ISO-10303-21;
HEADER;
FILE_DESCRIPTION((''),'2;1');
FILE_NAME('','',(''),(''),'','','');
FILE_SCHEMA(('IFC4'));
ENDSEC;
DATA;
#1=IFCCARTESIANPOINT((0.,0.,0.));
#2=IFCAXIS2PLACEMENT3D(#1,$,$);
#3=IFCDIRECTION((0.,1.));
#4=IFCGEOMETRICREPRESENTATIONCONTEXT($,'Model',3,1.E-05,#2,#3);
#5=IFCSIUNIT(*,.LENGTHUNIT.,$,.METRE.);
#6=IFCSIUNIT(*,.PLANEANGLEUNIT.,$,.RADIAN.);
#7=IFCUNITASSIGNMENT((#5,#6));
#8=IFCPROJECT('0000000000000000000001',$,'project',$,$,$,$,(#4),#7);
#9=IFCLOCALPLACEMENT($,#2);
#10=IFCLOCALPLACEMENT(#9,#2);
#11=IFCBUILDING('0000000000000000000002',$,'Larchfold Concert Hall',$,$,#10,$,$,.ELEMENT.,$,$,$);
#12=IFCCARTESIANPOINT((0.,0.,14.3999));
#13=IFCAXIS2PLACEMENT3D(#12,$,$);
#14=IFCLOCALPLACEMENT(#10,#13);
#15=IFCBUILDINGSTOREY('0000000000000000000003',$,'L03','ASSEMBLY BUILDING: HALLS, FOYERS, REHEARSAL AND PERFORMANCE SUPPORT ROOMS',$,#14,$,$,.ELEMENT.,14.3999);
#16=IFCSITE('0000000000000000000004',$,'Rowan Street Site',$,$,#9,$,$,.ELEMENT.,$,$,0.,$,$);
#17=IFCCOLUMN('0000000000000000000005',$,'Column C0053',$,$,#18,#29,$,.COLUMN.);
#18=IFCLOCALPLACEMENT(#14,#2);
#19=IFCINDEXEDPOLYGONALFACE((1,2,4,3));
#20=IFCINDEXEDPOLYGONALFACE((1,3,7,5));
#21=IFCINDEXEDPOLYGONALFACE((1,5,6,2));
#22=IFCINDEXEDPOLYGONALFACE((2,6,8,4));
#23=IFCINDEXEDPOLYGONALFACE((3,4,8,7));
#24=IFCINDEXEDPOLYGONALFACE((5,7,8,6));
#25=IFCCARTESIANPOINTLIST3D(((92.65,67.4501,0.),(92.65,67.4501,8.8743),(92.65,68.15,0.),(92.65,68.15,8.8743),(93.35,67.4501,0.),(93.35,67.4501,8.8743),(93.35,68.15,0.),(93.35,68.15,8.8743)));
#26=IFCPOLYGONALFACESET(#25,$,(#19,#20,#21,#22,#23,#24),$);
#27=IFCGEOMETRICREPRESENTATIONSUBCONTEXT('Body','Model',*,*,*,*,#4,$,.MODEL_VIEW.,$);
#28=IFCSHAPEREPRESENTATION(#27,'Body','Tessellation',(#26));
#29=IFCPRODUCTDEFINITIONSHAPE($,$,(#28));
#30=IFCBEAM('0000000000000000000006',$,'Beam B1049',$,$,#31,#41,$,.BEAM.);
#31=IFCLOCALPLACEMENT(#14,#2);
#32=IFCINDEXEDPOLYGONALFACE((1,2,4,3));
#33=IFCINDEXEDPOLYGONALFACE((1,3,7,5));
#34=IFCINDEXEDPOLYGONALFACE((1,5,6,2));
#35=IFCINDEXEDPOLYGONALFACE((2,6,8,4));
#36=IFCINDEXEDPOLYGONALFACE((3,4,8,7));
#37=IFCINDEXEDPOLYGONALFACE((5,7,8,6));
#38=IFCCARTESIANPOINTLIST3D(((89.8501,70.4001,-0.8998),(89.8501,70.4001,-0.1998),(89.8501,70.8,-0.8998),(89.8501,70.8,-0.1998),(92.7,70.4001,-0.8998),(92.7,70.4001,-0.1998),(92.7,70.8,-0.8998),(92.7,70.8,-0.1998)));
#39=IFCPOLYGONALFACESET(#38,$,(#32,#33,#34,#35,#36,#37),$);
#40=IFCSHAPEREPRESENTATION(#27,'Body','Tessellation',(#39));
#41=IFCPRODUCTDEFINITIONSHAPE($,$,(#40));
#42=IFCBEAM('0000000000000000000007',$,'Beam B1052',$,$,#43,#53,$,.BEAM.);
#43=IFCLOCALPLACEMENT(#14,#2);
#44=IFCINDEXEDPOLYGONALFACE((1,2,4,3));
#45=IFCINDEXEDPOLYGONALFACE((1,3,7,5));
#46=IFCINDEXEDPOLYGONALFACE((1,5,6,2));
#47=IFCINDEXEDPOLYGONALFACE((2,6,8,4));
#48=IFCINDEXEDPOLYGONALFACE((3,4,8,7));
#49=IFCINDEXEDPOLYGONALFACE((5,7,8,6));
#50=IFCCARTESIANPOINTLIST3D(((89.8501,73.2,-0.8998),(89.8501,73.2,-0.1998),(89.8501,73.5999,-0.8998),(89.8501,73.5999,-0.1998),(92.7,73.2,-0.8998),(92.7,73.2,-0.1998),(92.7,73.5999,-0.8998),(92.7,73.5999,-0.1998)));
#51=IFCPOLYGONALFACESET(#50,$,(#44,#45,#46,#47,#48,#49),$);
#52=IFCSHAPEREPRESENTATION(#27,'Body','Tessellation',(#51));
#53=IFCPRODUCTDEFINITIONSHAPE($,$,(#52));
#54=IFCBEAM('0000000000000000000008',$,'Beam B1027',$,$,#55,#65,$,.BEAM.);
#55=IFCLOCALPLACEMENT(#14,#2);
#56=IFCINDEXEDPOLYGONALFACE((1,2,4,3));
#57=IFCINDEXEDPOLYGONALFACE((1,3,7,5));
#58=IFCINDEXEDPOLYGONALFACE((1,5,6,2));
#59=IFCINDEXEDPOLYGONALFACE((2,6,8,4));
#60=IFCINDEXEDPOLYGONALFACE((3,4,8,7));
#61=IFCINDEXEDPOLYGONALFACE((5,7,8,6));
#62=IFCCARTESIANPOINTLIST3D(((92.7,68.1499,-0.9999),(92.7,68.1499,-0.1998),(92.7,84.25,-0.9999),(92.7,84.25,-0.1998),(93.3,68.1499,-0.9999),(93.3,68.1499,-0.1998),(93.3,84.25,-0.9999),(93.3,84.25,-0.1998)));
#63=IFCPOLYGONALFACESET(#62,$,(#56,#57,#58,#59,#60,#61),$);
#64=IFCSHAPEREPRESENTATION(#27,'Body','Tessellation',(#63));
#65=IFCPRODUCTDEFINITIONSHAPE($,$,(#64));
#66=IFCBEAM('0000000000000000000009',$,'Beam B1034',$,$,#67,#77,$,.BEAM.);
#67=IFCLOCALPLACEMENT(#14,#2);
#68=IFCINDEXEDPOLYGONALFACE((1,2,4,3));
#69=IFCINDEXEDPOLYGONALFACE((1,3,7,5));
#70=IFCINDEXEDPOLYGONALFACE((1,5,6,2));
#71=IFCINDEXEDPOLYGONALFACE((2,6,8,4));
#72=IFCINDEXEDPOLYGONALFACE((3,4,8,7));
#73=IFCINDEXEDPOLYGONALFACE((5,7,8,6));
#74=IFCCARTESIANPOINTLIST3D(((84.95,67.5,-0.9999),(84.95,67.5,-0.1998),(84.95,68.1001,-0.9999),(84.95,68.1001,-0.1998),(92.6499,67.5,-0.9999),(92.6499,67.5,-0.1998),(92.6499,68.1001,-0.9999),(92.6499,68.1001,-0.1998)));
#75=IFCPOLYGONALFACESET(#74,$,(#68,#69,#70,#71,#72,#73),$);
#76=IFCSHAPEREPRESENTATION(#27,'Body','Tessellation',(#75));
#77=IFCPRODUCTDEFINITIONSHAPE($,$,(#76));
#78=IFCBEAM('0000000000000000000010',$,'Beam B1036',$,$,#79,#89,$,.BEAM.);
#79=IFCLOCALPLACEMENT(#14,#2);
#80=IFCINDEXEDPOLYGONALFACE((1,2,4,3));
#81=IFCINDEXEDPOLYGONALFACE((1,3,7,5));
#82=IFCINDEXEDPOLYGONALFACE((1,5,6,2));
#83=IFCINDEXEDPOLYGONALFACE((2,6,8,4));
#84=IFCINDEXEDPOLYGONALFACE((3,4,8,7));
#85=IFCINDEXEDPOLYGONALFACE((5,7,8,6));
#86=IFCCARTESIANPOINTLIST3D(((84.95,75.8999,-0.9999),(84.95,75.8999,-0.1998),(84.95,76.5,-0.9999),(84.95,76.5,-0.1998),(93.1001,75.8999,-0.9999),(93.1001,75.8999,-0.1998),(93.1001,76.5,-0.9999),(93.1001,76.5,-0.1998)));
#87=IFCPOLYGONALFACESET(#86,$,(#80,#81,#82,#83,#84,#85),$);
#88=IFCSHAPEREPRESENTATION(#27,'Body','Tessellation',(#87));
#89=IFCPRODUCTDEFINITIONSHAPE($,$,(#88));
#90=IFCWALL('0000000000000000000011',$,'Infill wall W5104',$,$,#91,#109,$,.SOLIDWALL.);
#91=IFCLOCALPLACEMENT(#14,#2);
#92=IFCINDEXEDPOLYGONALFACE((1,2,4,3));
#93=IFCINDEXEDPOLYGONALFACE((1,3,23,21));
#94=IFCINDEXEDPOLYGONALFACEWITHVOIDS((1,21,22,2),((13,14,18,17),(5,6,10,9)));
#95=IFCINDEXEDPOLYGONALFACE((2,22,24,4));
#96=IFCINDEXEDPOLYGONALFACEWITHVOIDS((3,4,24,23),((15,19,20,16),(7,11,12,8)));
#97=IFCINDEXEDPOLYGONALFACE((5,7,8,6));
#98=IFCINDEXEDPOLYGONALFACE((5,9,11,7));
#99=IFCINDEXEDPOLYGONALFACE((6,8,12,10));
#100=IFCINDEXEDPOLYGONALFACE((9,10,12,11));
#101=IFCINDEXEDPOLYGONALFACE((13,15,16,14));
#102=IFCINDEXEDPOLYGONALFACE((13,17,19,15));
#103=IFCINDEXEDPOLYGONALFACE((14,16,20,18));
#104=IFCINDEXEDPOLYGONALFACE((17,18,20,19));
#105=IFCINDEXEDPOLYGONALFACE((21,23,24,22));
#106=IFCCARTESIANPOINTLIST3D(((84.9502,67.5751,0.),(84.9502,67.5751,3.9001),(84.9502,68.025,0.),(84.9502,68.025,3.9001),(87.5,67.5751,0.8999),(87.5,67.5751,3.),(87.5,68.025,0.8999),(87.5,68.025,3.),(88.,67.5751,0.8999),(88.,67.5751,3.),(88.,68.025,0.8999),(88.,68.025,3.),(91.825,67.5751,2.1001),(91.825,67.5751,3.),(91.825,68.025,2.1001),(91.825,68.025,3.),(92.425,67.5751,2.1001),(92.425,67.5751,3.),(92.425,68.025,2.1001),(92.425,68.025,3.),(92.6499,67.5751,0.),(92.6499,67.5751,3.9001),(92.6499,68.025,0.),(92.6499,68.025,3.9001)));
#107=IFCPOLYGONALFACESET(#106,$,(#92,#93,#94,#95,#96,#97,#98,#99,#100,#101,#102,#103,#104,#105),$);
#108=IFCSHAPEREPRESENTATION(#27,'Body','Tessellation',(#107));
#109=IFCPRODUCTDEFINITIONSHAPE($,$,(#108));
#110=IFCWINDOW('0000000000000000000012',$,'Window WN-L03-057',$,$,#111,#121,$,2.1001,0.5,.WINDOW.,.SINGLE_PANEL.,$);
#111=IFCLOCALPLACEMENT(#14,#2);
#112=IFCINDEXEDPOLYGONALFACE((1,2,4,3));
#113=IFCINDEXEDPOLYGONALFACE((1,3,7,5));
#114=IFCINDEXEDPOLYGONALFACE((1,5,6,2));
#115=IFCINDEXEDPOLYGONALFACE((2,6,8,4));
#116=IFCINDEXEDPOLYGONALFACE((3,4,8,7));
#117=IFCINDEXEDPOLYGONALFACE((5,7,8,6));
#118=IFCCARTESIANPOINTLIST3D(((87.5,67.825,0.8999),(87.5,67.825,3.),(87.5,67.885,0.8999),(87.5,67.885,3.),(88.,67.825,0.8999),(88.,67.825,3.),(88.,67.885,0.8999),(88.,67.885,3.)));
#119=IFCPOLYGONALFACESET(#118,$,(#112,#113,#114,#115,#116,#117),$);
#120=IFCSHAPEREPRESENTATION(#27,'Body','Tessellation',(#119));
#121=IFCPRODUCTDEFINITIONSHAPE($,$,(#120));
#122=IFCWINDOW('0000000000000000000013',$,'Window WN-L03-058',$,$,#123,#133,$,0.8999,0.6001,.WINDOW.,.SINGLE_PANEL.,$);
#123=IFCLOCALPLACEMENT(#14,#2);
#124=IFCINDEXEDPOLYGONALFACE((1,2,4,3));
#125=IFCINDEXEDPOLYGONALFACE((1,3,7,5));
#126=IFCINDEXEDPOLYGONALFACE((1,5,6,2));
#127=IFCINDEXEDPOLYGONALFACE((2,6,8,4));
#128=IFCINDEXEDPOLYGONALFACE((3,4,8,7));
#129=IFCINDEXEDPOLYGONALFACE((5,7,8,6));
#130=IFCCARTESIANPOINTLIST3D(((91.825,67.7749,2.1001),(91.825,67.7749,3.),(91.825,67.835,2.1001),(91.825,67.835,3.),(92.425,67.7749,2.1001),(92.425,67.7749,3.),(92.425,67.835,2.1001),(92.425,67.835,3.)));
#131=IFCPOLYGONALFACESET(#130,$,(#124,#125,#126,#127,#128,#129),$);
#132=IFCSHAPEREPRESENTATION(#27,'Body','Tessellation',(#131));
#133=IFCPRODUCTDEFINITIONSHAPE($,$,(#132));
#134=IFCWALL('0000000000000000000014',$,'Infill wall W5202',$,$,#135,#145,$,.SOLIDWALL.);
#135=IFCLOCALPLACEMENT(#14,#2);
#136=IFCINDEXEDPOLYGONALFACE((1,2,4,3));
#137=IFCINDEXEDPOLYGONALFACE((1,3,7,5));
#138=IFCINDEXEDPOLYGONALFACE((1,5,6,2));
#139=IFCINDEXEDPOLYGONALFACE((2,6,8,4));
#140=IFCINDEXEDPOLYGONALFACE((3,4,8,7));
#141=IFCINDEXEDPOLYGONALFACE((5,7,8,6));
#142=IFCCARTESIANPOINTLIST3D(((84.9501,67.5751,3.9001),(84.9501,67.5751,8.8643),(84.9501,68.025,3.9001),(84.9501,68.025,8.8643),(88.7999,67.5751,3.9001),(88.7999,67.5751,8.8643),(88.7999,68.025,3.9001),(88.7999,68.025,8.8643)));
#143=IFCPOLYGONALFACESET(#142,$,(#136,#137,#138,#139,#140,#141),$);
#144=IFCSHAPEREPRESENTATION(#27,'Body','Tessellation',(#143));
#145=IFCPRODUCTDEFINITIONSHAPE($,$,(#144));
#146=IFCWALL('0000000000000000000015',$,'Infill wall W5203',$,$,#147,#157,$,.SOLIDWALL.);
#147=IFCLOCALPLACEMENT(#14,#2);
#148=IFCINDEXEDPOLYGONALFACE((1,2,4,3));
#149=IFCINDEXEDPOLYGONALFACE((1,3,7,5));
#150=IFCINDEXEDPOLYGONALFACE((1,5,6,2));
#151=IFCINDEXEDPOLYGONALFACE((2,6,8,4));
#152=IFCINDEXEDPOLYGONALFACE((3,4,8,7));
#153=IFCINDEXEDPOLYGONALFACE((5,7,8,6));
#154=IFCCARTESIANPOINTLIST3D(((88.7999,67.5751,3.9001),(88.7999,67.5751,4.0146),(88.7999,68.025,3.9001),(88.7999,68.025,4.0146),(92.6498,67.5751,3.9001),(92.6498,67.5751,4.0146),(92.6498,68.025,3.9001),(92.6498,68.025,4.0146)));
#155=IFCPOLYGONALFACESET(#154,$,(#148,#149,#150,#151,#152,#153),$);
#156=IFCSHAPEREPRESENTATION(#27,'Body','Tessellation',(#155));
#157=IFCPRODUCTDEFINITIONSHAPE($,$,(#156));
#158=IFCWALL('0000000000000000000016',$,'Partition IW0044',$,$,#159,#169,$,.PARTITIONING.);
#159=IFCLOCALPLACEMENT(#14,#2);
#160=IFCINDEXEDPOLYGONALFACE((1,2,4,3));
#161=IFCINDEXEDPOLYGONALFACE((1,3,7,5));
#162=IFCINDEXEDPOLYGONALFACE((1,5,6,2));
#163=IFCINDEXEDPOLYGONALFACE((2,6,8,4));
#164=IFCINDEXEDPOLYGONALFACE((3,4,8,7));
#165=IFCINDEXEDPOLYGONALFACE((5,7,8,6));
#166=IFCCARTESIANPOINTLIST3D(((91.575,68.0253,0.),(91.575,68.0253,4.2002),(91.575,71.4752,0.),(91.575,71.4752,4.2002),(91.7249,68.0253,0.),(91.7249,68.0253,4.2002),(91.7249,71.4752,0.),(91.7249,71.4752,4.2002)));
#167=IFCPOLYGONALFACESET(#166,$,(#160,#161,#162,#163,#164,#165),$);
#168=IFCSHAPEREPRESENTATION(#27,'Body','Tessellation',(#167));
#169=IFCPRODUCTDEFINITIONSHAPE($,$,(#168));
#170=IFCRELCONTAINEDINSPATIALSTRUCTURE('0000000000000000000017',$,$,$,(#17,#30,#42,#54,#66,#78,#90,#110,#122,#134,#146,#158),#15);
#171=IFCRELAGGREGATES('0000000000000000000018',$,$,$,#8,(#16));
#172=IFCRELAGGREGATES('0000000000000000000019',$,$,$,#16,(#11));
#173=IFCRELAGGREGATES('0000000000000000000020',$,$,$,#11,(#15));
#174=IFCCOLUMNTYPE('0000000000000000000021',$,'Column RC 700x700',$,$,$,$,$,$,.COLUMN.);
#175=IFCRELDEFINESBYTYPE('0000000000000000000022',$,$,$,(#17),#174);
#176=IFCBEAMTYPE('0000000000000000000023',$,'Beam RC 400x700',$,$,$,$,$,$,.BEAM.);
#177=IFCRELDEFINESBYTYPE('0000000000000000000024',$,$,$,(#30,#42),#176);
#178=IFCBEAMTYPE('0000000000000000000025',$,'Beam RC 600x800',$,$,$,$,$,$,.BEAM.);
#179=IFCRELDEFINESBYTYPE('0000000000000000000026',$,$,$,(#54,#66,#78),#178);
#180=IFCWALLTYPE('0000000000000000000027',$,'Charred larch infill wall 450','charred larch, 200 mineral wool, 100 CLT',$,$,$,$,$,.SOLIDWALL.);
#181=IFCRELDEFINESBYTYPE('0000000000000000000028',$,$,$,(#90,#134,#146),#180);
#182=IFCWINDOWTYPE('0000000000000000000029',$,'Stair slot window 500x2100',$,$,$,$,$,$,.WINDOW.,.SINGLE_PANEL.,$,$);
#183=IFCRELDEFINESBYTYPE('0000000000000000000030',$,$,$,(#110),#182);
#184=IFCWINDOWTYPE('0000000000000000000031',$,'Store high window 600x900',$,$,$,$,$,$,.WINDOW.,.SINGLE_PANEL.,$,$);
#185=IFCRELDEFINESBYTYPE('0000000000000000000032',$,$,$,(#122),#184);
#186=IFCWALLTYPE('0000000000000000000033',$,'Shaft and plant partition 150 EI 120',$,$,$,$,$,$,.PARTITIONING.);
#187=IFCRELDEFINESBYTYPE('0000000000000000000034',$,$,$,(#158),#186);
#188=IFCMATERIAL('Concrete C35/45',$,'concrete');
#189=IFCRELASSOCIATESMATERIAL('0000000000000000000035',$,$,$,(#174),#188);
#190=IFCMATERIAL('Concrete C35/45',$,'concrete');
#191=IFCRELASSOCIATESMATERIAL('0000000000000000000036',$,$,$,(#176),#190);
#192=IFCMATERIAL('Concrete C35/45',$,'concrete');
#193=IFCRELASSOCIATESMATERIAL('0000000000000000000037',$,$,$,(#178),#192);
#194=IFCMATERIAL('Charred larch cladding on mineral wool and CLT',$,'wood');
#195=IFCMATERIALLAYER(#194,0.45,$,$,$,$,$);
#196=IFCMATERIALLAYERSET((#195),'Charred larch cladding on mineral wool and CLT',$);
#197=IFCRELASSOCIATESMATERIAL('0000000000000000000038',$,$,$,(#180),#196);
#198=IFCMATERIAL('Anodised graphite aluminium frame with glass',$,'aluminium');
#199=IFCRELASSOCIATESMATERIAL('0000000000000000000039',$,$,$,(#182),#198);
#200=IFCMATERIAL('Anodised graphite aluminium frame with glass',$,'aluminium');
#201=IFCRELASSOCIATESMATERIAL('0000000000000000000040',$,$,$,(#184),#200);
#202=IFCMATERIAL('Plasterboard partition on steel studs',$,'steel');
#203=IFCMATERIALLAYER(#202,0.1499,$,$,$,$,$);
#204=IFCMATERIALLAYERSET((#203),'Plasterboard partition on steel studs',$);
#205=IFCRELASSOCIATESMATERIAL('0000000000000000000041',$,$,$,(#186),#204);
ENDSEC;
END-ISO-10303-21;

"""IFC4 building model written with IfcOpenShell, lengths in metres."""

from ifc_helpers import new_model, si_unit, direction, frame, frame_2d, origin, origin_2d, place, context, subcontext, project, spatial, rectangle, extrude, material, layer, layer_set, material_profile, profile_set, type_object, element, fill, save


model = new_model("IFC4")

# Units and contexts
model_context = context("Model", 3, precision=1e-05, world=origin(), true_north=direction((0.0, 1.0)))
body_context = subcontext(model_context, "Body", "Model", "MODEL_VIEW")
ifc_project = project(units=[si_unit("LENGTHUNIT", "METRE"), si_unit("PLANEANGLEUNIT", "RADIAN")], contexts=[model_context])

# Site, building, storey
site_placement = place(None, origin())
site = spatial("IfcSite", under=ifc_project, at=site_placement, Name="Rowan Street Site", CompositionType="ELEMENT", RefElevation=0.0)
building_placement = place(site_placement, origin())
building = spatial("IfcBuilding", under=site, at=building_placement, Name="Larchfold Concert Hall", CompositionType="ELEMENT")
storey_placement = place(building_placement, frame((0.0, 0.0, 14.3999)))
storey = spatial("IfcBuildingStorey", under=building, at=storey_placement, Name="L03", Description="ASSEMBLY BUILDING: HALLS, FOYERS, REHEARSAL AND PERFORMANCE SUPPORT ROOMS", CompositionType="ELEMENT", Elevation=14.3999)

# Column
ifc_material_1 = material(Name="Concrete C35/45", Category="concrete")
ifc_material_profile_1 = material_profile(ifc_material_1, rectangle(XDim=0.7, YDim=0.7, at=origin_2d()))
ifc_profile_set_1 = profile_set([ifc_material_profile_1], Name="Concrete C35/45")
column_type = type_object("IfcColumnType", Name="Column RC 700x700", PredefinedType="COLUMN", material=ifc_profile_set_1)
column_placement = place(storey_placement, frame((93.0, 67.8, 0.0), z_axis=(0.0, 0.0, 1.0), x_axis=(1.0, 0.0, 0.0)))
element("IfcColumn", 1, at=column_placement, inside=storey, type_object=column_type, Name="Column C0053", PredefinedType="COLUMN", context=body_context, shape_type="SweptSolid", body=[
    extrude(rectangle(XDim=0.7, YDim=0.7, at=origin_2d()), origin(), (0.0, 0.0, 1.0), 8.8743),
])

# Beams
ifc_material_2 = material(Name="Concrete C35/45", Category="concrete")
ifc_material_profile_2 = material_profile(ifc_material_2, rectangle(XDim=0.3999, YDim=0.7, at=origin_2d()))
ifc_profile_set_2 = profile_set([ifc_material_profile_2], Name="Concrete C35/45")
beam_type_1 = type_object("IfcBeamType", Name="Beam RC 400x700", PredefinedType="BEAM", material=ifc_profile_set_2)
for number, where, z_axis, x_axis, name in (
    (2, (89.8501, 70.6001, -0.5498), (1.0, 0.0, 0.0), (0.0, 1.0, 0.0), "Beam B1049"),
    (3, (89.8501, 73.3999, -0.5498), (1.0, 0.0, 0.0), (0.0, 1.0, 0.0), "Beam B1052"),
):
    element("IfcBeam", number, at=place(storey_placement, frame(where, z_axis=z_axis, x_axis=x_axis)), inside=storey, type_object=beam_type_1, Name=name, PredefinedType="BEAM", context=body_context, shape_type="SweptSolid", body=[
        extrude(rectangle(XDim=0.3999, YDim=0.7, at=origin_2d()), origin(), (0.0, 0.0, 1.0), 2.8499),
    ])
ifc_material_3 = material(Name="Concrete C35/45", Category="concrete")
ifc_material_profile_3 = material_profile(ifc_material_3, rectangle(XDim=0.6001, YDim=0.8, at=origin_2d()))
ifc_profile_set_3 = profile_set([ifc_material_profile_3], Name="Concrete C35/45")
beam_type_2 = type_object("IfcBeamType", Name="Beam RC 600x800", PredefinedType="BEAM", material=ifc_profile_set_3)
beam_1_placement = place(storey_placement, frame((93.0, 68.1499, -0.5999), z_axis=(0.0, 1.0, 0.0), x_axis=(-1.0, 0.0, 0.0)))
element("IfcBeam", 4, at=beam_1_placement, inside=storey, type_object=beam_type_2, Name="Beam B1027", PredefinedType="BEAM", context=body_context, shape_type="SweptSolid", body=[
    extrude(rectangle(XDim=0.6001, YDim=0.8, at=origin_2d()), origin(), (0.0, 0.0, 1.0), 16.1001),
])
beam_2_placement = place(storey_placement, frame((84.95, 67.8, -0.5999), z_axis=(1.0, 0.0, 0.0), x_axis=(0.0, 1.0, 0.0)))
element("IfcBeam", 5, at=beam_2_placement, inside=storey, type_object=beam_type_2, Name="Beam B1034", PredefinedType="BEAM", context=body_context, shape_type="SweptSolid", body=[
    extrude(rectangle(XDim=0.6001, YDim=0.8, at=origin_2d()), origin(), (0.0, 0.0, 1.0), 7.7),
])
beam_3_placement = place(storey_placement, frame((84.95, 76.2, -0.5999), z_axis=(1.0, 0.0, 0.0), x_axis=(0.0, 1.0, 0.0)))
element("IfcBeam", 6, at=beam_3_placement, inside=storey, type_object=beam_type_2, Name="Beam B1036", PredefinedType="BEAM", context=body_context, shape_type="SweptSolid", body=[
    extrude(rectangle(XDim=0.6001, YDim=0.8, at=origin_2d()), origin(), (0.0, 0.0, 1.0), 8.1501),
])

# Wall, openings, windows
ifc_material_4 = material(Name="Charred larch cladding on mineral wool and CLT", Category="wood")
ifc_layer_1 = layer(ifc_material_4, 0.45)
ifc_layer_set_1 = layer_set([ifc_layer_1], Name="Charred larch cladding on mineral wool and CLT")
wall_type_1 = type_object("IfcWallType", Name="Charred larch infill wall 450", Description="charred larch, 200 mineral wool, 100 CLT", PredefinedType="SOLIDWALL", material=ifc_layer_set_1)
wall_1_placement = place(storey_placement, frame((84.9502, 67.8, 0.0), z_axis=(0.0, 0.0, 1.0), x_axis=(1.0, 0.0, 0.0)))
wall_1 = element("IfcWall", 7, at=wall_1_placement, inside=storey, type_object=wall_type_1, Name="Infill wall W5104", PredefinedType="SOLIDWALL", context=body_context, shape_type="SweptSolid", body=[
    extrude(rectangle(XDim=7.6997, YDim=0.45, at=frame_2d((3.8499, 0.0))), origin(), (0.0, 0.0, 1.0), 3.9001),
])
opening_1_placement = place(wall_1_placement, frame((2.5498, 0.0, 0.8999)))
opening_1 = element("IfcOpeningElement", 8, at=opening_1_placement, cuts=wall_1, PredefinedType="OPENING", context=body_context, shape_type="SweptSolid", body=[
    extrude(rectangle(XDim=0.5, YDim=2.1001, at=frame_2d((0.25, 1.05))), frame((0.0, 0.2349, 0.0), z_axis=(0.0, -1.0, 0.0), x_axis=(1.0, 0.0, 0.0)), (0.0, 0.0, 1.0), 0.47),
])
opening_2_placement = place(wall_1_placement, frame((6.8748, 0.0, 2.1001)))
opening_2 = element("IfcOpeningElement", 9, at=opening_2_placement, cuts=wall_1, PredefinedType="OPENING", context=body_context, shape_type="SweptSolid", body=[
    extrude(rectangle(XDim=0.6001, YDim=0.8999, at=frame_2d((0.3, 0.45))), frame((0.0, 0.2349, 0.0), z_axis=(0.0, -1.0, 0.0), x_axis=(1.0, 0.0, 0.0)), (0.0, 0.0, 1.0), 0.47),
])
ifc_material_5 = material(Name="Anodised graphite aluminium frame with glass", Category="aluminium")
window_type_1 = type_object("IfcWindowType", Name="Stair slot window 500x2100", PartitioningType="SINGLE_PANEL", PredefinedType="WINDOW", material=ifc_material_5)
window_1_placement = place(opening_1_placement, origin())
window_1 = element("IfcWindow", 10, at=window_1_placement, inside=storey, type_object=window_type_1, Name="Window WN-L03-057", OverallHeight=2.1001, OverallWidth=0.5, PartitioningType="SINGLE_PANEL", PredefinedType="WINDOW", context=body_context, shape_type="SweptSolid", body=[
    extrude(rectangle(XDim=0.5, YDim=2.1001, at=frame_2d((0.25, 1.05))), frame((0.0, 0.085, 0.0), z_axis=(0.0, -1.0, 0.0), x_axis=(1.0, 0.0, 0.0)), (0.0, 0.0, 1.0), 0.0601),
])
fill(opening_1, window_1)
ifc_material_6 = material(Name="Anodised graphite aluminium frame with glass", Category="aluminium")
window_type_2 = type_object("IfcWindowType", Name="Store high window 600x900", PartitioningType="SINGLE_PANEL", PredefinedType="WINDOW", material=ifc_material_6)
window_2_placement = place(opening_2_placement, origin())
window_2 = element("IfcWindow", 11, at=window_2_placement, inside=storey, type_object=window_type_2, Name="Window WN-L03-058", OverallHeight=0.8999, OverallWidth=0.6001, PartitioningType="SINGLE_PANEL", PredefinedType="WINDOW", context=body_context, shape_type="SweptSolid", body=[
    extrude(rectangle(XDim=0.6001, YDim=0.8999, at=frame_2d((0.3, 0.45))), frame((0.0, 0.0349, 0.0), z_axis=(0.0, -1.0, 0.0), x_axis=(1.0, 0.0, 0.0)), (0.0, 0.0, 1.0), 0.0601),
])
fill(opening_2, window_2)

# Walls
wall_2_placement = place(storey_placement, frame((84.9502, 67.8, 3.9001), z_axis=(0.0, 0.0, 1.0), x_axis=(1.0, 0.0, 0.0)))
element("IfcWall", 12, at=wall_2_placement, inside=storey, type_object=wall_type_1, Name="Infill wall W5202", PredefinedType="SOLIDWALL", context=body_context, shape_type="SweptSolid", body=[
    extrude(rectangle(XDim=3.8499, YDim=0.45, at=frame_2d((1.9248, 0.0))), origin(), (0.0, 0.0, 1.0), 4.9641),
])
wall_3_placement = place(storey_placement, frame((88.8, 67.8, 3.9001), z_axis=(0.0, 0.0, 1.0), x_axis=(1.0, 0.0, 0.0)))
element("IfcWall", 13, at=wall_3_placement, inside=storey, type_object=wall_type_1, Name="Infill wall W5203", PredefinedType="SOLIDWALL", context=body_context, shape_type="SweptSolid", body=[
    extrude(rectangle(XDim=3.8499, YDim=0.45, at=frame_2d((1.9248, 0.0))), origin(), (0.0, 0.0, 1.0), 0.1145),
])
ifc_material_7 = material(Name="Plasterboard partition on steel studs", Category="steel")
ifc_layer_2 = layer(ifc_material_7, 0.1499)
ifc_layer_set_2 = layer_set([ifc_layer_2], Name="Plasterboard partition on steel studs")
wall_type_2 = type_object("IfcWallType", Name="Shaft and plant partition 150 EI 120", PredefinedType="PARTITIONING", material=ifc_layer_set_2)
wall_4_placement = place(storey_placement, frame((91.6499, 68.0251, 0.0), z_axis=(0.0, 0.0, 1.0), x_axis=(0.0, 1.0, 0.0)))
element("IfcWall", 14, at=wall_4_placement, inside=storey, type_object=wall_type_2, Name="Partition IW0044", PredefinedType="PARTITIONING", context=body_context, shape_type="SweptSolid", body=[
    extrude(rectangle(XDim=3.45, YDim=0.1499, at=frame_2d((1.7251, 0.0))), origin(), (0.0, 0.0, 1.0), 4.2002),
])

save(model, "model.ifc")
